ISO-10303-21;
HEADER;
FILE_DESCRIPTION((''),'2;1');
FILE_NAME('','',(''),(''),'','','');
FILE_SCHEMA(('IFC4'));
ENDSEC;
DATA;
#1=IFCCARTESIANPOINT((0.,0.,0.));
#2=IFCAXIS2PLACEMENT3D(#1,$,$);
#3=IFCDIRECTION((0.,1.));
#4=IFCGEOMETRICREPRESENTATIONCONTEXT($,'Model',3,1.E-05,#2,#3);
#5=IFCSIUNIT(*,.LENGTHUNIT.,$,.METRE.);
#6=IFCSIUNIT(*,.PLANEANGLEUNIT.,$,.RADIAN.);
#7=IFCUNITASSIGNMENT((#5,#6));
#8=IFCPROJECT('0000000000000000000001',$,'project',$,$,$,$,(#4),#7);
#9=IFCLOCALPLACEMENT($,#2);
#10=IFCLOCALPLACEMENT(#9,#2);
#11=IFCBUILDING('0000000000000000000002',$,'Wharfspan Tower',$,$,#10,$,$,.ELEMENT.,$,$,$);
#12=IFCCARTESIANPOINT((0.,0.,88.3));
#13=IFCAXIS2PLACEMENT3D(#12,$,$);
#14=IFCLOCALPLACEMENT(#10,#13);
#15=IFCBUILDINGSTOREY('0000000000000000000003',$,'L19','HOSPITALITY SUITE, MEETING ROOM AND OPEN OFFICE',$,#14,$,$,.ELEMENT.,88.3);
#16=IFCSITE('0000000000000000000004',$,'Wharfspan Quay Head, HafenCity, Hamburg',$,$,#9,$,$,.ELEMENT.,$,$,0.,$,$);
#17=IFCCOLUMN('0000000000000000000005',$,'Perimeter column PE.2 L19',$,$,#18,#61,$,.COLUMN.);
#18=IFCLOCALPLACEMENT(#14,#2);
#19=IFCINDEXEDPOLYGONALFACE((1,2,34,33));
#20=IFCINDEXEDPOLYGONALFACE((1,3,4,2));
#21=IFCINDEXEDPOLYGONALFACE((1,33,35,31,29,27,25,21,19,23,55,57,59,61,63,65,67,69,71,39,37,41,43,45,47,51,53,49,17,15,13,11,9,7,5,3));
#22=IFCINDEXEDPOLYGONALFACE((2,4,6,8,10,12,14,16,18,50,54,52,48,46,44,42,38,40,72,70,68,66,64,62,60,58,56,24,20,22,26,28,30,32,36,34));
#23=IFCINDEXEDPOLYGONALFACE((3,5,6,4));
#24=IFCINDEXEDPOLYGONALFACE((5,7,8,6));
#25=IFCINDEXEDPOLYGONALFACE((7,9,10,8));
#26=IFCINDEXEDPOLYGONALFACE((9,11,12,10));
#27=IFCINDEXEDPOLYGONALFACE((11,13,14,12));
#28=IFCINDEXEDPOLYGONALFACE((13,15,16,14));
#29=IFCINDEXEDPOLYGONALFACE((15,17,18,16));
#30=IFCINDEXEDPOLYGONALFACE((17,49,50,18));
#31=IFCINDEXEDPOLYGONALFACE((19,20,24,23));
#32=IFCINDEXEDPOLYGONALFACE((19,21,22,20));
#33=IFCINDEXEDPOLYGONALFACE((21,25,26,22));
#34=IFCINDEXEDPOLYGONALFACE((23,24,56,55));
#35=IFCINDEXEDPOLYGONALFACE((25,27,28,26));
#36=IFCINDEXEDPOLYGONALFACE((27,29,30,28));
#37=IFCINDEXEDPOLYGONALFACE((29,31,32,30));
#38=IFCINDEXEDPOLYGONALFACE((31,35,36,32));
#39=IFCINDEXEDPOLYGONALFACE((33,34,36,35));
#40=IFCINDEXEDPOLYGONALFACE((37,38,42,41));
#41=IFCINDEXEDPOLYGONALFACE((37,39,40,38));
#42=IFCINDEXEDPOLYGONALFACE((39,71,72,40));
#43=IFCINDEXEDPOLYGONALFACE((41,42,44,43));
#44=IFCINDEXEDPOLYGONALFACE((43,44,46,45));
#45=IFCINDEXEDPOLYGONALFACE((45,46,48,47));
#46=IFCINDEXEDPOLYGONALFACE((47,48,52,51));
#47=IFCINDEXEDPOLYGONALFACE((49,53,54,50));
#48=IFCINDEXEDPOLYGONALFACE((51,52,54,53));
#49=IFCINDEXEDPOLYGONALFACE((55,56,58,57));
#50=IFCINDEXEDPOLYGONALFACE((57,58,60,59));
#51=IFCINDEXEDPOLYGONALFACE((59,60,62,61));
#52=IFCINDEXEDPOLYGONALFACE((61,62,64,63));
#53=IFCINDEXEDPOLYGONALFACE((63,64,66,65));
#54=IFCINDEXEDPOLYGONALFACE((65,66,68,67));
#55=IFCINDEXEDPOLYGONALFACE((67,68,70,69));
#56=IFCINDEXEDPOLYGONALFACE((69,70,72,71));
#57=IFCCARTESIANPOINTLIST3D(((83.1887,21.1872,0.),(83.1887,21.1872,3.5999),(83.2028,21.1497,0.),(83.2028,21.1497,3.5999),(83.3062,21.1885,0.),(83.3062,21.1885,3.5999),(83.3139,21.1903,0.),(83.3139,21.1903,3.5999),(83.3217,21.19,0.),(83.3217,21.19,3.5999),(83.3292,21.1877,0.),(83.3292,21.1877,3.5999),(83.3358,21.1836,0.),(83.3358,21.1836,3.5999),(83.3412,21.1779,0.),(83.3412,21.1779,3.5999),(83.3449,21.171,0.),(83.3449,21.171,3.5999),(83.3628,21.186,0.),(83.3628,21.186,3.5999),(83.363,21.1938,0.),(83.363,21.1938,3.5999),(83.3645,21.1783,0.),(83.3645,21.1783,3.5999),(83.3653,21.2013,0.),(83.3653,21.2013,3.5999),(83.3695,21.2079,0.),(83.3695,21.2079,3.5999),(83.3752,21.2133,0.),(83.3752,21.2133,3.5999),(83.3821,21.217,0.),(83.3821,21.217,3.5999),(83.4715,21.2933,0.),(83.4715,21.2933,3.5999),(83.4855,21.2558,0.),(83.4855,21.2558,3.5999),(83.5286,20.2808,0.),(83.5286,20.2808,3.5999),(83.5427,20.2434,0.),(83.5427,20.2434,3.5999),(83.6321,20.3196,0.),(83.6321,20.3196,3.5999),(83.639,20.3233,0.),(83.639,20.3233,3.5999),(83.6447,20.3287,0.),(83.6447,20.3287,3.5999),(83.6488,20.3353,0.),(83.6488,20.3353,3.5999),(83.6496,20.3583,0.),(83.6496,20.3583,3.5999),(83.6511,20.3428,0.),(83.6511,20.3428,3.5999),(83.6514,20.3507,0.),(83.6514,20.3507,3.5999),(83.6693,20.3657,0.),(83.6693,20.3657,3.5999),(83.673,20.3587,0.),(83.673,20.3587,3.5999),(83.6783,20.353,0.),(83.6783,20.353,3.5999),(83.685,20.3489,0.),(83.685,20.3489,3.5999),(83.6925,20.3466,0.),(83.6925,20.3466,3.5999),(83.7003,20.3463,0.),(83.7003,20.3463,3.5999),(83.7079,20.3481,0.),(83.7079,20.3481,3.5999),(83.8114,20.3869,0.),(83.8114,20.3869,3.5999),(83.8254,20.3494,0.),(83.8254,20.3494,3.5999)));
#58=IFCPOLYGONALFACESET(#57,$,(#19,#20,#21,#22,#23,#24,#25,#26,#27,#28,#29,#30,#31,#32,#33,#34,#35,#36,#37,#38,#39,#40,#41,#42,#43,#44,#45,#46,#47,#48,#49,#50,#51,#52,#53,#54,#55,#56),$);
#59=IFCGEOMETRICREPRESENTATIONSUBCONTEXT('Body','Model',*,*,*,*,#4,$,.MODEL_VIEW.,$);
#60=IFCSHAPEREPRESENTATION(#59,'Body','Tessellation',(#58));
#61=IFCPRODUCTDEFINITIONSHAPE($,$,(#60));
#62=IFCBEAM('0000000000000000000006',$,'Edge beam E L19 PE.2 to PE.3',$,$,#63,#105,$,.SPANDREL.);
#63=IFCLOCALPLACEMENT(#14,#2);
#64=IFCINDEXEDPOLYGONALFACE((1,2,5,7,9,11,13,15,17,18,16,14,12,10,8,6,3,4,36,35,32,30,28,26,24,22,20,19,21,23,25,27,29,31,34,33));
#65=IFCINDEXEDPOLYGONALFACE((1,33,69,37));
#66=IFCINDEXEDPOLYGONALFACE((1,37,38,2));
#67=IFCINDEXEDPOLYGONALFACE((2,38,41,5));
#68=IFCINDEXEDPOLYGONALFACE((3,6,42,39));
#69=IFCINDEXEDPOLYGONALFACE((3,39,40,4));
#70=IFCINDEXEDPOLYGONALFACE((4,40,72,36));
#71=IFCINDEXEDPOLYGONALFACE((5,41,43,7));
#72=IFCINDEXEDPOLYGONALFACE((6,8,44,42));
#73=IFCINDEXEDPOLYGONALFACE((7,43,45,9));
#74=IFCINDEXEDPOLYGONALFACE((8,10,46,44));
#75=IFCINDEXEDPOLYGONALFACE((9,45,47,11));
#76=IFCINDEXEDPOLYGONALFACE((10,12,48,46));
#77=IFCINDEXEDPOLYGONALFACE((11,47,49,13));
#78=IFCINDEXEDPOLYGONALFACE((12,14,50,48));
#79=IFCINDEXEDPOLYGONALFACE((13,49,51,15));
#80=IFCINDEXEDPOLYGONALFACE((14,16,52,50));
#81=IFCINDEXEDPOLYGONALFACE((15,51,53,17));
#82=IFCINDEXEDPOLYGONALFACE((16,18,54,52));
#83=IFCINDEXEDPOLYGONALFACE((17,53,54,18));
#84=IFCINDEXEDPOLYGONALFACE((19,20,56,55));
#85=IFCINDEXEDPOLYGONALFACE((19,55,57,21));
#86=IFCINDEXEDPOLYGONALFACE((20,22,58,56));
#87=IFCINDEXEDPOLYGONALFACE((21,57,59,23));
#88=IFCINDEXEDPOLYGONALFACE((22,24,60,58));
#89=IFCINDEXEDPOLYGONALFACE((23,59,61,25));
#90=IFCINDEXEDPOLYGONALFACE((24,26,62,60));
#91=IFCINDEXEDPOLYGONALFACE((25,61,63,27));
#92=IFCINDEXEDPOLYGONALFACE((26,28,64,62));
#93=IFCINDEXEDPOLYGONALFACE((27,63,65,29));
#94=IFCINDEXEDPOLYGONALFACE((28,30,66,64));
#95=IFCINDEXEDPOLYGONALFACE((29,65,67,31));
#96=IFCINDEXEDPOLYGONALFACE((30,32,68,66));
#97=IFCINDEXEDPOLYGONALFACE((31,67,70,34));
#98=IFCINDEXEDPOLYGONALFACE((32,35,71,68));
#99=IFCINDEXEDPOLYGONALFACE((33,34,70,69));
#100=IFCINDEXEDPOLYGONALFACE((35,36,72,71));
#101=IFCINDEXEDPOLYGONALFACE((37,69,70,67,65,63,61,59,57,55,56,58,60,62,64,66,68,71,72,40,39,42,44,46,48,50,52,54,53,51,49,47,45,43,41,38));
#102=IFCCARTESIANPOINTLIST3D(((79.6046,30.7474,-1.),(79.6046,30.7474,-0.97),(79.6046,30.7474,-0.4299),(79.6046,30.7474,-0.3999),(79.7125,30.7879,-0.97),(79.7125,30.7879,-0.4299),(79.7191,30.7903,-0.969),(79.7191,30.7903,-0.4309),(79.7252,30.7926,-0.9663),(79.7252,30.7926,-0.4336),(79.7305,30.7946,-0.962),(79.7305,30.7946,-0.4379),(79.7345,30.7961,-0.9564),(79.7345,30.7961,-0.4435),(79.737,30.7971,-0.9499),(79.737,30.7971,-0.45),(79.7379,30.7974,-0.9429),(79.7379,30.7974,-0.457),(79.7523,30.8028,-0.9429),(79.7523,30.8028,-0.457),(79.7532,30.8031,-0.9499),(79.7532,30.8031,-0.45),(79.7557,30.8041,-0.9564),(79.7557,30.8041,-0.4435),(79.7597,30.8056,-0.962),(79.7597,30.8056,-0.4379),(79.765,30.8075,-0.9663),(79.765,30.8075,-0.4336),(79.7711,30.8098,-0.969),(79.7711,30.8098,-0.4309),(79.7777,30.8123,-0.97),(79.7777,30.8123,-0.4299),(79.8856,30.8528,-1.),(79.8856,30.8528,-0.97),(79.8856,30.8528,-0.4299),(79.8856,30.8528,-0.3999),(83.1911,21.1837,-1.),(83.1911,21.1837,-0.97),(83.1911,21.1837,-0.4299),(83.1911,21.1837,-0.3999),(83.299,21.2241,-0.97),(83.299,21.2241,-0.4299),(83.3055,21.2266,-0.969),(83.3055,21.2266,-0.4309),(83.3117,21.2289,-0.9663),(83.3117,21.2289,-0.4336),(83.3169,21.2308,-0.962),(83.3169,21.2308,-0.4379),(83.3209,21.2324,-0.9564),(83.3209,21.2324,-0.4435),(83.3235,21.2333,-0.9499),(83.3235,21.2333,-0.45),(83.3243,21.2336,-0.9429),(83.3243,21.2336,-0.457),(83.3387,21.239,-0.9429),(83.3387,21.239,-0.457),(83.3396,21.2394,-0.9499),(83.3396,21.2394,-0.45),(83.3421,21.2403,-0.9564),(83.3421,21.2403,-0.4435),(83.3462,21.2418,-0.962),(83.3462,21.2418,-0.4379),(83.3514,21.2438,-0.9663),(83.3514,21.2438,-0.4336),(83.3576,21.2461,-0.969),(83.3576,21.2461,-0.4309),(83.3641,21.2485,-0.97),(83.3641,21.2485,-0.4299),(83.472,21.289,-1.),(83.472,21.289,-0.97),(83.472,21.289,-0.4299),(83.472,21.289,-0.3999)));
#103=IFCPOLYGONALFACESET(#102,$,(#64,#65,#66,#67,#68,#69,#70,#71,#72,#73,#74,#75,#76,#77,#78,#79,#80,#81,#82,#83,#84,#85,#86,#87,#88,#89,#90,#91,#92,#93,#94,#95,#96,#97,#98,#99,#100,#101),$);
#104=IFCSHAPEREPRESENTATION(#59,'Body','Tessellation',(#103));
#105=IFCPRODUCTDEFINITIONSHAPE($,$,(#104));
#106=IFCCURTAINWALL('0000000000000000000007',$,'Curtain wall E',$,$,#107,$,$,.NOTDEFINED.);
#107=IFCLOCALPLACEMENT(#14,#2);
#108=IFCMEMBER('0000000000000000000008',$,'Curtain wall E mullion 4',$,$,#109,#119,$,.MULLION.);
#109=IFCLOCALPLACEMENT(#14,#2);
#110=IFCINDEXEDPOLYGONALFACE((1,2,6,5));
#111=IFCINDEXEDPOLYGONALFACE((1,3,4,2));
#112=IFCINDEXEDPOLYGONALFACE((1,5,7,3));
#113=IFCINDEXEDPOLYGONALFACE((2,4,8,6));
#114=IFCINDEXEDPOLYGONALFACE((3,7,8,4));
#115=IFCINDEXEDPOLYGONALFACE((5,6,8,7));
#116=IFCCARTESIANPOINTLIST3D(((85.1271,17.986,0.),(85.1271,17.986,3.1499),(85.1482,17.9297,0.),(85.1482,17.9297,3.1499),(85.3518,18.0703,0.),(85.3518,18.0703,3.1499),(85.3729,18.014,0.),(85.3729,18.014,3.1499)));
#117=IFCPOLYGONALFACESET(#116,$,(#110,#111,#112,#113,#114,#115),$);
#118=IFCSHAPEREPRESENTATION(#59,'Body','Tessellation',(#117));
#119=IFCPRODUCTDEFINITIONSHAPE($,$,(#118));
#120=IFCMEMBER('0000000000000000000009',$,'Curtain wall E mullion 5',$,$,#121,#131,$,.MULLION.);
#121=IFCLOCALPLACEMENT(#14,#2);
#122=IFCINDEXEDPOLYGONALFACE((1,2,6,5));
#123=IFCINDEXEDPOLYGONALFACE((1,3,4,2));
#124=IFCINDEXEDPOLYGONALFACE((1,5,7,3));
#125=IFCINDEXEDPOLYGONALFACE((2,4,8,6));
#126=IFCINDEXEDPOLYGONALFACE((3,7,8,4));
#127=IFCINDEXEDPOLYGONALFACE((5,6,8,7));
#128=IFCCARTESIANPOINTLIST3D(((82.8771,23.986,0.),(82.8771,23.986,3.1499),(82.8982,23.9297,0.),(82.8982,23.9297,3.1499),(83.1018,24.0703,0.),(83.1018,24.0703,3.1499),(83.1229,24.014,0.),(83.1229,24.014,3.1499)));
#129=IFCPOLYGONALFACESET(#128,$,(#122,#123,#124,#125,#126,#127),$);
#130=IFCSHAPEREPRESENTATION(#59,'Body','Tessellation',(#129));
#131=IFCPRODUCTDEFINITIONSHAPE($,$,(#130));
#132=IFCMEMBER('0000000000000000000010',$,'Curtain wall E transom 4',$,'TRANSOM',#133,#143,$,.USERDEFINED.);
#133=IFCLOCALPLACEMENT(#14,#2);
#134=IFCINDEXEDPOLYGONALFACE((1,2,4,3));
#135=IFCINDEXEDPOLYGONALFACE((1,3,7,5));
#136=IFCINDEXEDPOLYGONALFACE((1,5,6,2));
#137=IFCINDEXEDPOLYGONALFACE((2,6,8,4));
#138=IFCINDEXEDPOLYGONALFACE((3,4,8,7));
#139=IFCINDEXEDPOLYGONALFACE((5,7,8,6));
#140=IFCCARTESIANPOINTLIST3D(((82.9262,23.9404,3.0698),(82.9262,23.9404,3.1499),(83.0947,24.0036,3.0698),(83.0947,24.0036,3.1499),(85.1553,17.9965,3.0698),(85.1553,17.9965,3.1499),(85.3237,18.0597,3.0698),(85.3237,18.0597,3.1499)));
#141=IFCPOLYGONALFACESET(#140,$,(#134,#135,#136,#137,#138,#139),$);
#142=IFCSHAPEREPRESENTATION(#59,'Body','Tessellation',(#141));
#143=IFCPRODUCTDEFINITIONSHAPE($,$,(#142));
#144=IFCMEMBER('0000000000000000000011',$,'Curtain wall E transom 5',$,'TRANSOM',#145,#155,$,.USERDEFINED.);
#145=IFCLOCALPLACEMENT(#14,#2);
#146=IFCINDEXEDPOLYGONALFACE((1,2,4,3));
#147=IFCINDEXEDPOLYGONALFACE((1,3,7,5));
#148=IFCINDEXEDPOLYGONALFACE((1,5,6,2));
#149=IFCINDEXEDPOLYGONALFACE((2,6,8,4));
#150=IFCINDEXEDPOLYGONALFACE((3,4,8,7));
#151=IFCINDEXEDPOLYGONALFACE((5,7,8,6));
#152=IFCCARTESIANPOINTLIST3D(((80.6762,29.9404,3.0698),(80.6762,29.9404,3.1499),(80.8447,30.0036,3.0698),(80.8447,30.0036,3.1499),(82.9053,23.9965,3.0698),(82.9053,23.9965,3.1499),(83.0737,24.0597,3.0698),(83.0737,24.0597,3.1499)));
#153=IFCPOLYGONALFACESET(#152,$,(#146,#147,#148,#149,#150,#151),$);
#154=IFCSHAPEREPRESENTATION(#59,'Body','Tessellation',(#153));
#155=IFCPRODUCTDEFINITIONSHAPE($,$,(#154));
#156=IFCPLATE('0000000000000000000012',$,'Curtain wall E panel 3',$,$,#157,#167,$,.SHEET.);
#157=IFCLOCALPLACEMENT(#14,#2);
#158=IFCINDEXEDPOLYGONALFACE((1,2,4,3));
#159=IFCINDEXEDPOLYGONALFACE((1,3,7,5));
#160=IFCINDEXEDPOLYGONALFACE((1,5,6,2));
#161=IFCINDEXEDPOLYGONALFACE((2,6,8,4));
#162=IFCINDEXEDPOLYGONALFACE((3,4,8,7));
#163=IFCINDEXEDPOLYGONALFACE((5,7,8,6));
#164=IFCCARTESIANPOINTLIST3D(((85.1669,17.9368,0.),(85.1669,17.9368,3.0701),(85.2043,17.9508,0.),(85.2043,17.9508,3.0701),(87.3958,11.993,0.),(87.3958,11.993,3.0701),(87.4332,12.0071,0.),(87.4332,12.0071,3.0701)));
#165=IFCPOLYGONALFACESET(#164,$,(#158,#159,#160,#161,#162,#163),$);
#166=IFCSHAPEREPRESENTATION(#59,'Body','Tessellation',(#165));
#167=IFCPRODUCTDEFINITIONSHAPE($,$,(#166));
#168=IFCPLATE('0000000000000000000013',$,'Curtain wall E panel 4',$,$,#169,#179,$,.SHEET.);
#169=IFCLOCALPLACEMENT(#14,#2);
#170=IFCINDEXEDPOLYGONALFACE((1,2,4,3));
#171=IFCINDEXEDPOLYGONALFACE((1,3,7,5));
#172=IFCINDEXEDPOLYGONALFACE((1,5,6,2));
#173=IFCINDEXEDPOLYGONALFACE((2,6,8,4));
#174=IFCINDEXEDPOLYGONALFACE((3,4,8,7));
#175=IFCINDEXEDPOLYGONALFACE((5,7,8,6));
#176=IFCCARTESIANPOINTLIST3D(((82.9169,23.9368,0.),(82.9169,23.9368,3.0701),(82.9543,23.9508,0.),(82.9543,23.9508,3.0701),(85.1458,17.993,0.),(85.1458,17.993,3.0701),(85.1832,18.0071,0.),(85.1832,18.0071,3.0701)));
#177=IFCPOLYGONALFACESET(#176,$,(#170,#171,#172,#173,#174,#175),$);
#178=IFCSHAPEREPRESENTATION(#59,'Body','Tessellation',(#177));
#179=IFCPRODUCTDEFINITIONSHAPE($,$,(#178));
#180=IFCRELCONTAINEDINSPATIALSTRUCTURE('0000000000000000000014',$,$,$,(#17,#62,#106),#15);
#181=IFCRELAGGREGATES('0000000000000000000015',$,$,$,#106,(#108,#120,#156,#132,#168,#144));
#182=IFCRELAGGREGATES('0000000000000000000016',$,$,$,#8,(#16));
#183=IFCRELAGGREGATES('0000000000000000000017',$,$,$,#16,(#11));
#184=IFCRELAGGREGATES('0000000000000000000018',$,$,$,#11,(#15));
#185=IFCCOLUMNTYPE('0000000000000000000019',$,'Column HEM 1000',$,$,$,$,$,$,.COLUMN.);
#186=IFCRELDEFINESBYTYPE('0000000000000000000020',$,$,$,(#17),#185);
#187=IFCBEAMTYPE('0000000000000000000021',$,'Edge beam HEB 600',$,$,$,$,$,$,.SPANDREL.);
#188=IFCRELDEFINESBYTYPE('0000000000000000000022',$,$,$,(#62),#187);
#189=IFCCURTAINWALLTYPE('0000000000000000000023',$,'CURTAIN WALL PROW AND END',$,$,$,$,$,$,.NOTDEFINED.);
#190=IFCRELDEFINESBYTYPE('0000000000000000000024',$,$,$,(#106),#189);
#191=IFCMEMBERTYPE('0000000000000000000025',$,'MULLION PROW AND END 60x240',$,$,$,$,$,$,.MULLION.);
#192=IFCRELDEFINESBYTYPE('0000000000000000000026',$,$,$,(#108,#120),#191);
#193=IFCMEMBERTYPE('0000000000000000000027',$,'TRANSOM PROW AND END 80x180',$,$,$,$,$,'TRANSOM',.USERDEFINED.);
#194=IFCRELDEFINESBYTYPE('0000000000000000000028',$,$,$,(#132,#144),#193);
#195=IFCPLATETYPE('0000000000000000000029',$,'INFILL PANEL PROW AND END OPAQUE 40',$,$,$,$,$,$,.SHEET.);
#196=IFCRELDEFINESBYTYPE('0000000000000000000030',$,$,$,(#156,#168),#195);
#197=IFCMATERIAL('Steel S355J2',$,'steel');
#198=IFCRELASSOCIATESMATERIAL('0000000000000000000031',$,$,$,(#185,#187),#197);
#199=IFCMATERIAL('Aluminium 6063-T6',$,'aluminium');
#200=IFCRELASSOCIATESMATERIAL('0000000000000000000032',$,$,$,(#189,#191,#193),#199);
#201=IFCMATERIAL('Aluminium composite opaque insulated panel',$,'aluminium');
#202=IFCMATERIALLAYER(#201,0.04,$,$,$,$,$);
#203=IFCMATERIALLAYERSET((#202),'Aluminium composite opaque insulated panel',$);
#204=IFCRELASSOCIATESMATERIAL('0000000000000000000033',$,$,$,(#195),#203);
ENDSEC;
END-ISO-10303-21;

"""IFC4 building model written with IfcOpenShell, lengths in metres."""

from ifc_helpers import new_model, si_unit, direction, frame, origin, origin_2d, place, context, subcontext, project, spatial, rectangle, i_section, extrude, material, layer, layer_set, material_profile, profile_set, type_object, element, aggregate, save


model = new_model("IFC4")

# Units and contexts
model_context = context("Model", 3, precision=1e-05, world=origin(), true_north=direction((0.0, 1.0)))
body_context = subcontext(model_context, "Body", "Model", "MODEL_VIEW")
ifc_project = project(units=[si_unit("LENGTHUNIT", "METRE"), si_unit("PLANEANGLEUNIT", "RADIAN")], contexts=[model_context])

# Site, building, storey
site_placement = place(None, origin())
site = spatial("IfcSite", under=ifc_project, at=site_placement, Name="Wharfspan Quay Head, HafenCity, Hamburg", CompositionType="ELEMENT", RefElevation=0.0)
building_placement = place(site_placement, origin())
building = spatial("IfcBuilding", under=site, at=building_placement, Name="Wharfspan Tower", CompositionType="ELEMENT")
storey_placement = place(building_placement, frame((0.0, 0.0, 88.3)))
storey = spatial("IfcBuildingStorey", under=building, at=storey_placement, Name="L19", Description="HOSPITALITY SUITE, MEETING ROOM AND OPEN OFFICE", CompositionType="ELEMENT", Elevation=88.3)

# Column
ifc_material_1 = material(Name="Steel S355J2", Category="steel")
ifc_material_profile_1 = material_profile(ifc_material_1, i_section(OverallWidth=0.302, OverallDepth=1.0081, WebThickness=0.021, FlangeThickness=0.04, FilletRadius=0.03, at=origin_2d()))
ifc_profile_set_1 = profile_set([ifc_material_profile_1], Name="Steel S355J2")
column_type = type_object("IfcColumnType", Name="Column HEM 1000", PredefinedType="COLUMN", material=ifc_profile_set_1)
column_placement = place(storey_placement, frame((83.5071, 20.7683, 0.0), z_axis=(0.0, 0.0, 1.0), x_axis=(0.936328, 0.351123, 0.0)))
element("IfcColumn", 1, at=column_placement, inside=storey, type_object=column_type, Name="Perimeter column PE.2 L19", PredefinedType="COLUMN", context=body_context, shape_type="SweptSolid", body=[
    extrude(i_section(OverallWidth=0.302, OverallDepth=1.0081, WebThickness=0.021, FlangeThickness=0.04, FilletRadius=0.03, at=origin_2d()), origin(), (0.0, 0.0, 1.0), 3.5999),
])

# Beam
ifc_material_profile_2 = material_profile(ifc_material_1, i_section(OverallWidth=0.3, OverallDepth=0.6001, WebThickness=0.0154, FlangeThickness=0.03, FilletRadius=0.0271, at=origin_2d()))
ifc_profile_set_2 = profile_set([ifc_material_profile_2], Name="Steel S355J2")
beam_type = type_object("IfcBeamType", Name="Edge beam HEB 600", PredefinedType="SPANDREL", material=ifc_profile_set_2)
beam_placement = place(storey_placement, frame((83.3315, 21.2363, -0.7), z_axis=(-0.351126, 0.936328, 0.0), x_axis=(-0.936328, -0.351126, 0.0)))
element("IfcBeam", 2, at=beam_placement, inside=storey, type_object=beam_type, Name="Edge beam E L19 PE.2 to PE.3", PredefinedType="SPANDREL", context=body_context, shape_type="SweptSolid", body=[
    extrude(i_section(OverallWidth=0.3, OverallDepth=0.6001, WebThickness=0.0154, FlangeThickness=0.03, FilletRadius=0.0271, at=origin_2d()), origin(), (0.0, 0.0, 1.0), 10.2141),
])

# Curtain wall, members, plates
ifc_material_2 = material(Name="Aluminium 6063-T6", Category="aluminium")
curtain_wall_type = type_object("IfcCurtainWallType", Name="CURTAIN WALL PROW AND END", PredefinedType="NOTDEFINED", material=ifc_material_2)
curtain_wall_placement = place(storey_placement, origin())
curtain_wall = element("IfcCurtainWall", 3, at=curtain_wall_placement, inside=storey, type_object=curtain_wall_type, Name="Curtain wall E", PredefinedType="NOTDEFINED")
ifc_material_profile_3 = material_profile(ifc_material_2, rectangle(XDim=0.24, YDim=0.0601, at=origin_2d()))
ifc_profile_set_3 = profile_set([ifc_material_profile_3], Name="Aluminium 6063-T6")
member_type_1 = type_object("IfcMemberType", Name="MULLION PROW AND END 60x240", PredefinedType="MULLION", material=ifc_profile_set_3)
member_1_placement = place(storey_placement, frame((85.25, 18.0, 0.0), z_axis=(0.0, 0.0, 1.0), x_axis=(-0.936328, -0.351123, 0.0)))
member_1 = element("IfcMember", 4, at=member_1_placement, type_object=member_type_1, Name="Curtain wall E mullion 4", PredefinedType="MULLION", context=body_context, shape_type="SweptSolid", body=[
    extrude(rectangle(XDim=0.24, YDim=0.0601, at=origin_2d()), origin(), (0.0, 0.0, 1.0), 3.1499),
])
member_2_placement = place(storey_placement, frame((83.0, 24.0, 0.0), z_axis=(0.0, 0.0, 1.0), x_axis=(-0.936328, -0.351123, 0.0)))
member_2 = element("IfcMember", 5, at=member_2_placement, type_object=member_type_1, Name="Curtain wall E mullion 5", PredefinedType="MULLION", context=body_context, shape_type="SweptSolid", body=[
    extrude(rectangle(XDim=0.24, YDim=0.0601, at=origin_2d()), origin(), (0.0, 0.0, 1.0), 3.1499),
])
ifc_material_profile_4 = material_profile(ifc_material_2, rectangle(XDim=0.1799, YDim=0.0801, at=origin_2d()))
ifc_profile_set_4 = profile_set([ifc_material_profile_4], Name="Aluminium 6063-T6")
member_type_2 = type_object("IfcMemberType", Name="TRANSOM PROW AND END 80x180", ElementType="TRANSOM", PredefinedType="USERDEFINED", material=ifc_profile_set_4)
member_3_placement = place(storey_placement, frame((85.2395, 18.0281, 3.1099), z_axis=(-0.351132, 0.936326, 0.0), x_axis=(-0.936326, -0.351132, 0.0)))
member_3 = element("IfcMember", 6, at=member_3_placement, type_object=member_type_2, Name="Curtain wall E transom 4", ObjectType="TRANSOM", PredefinedType="USERDEFINED", context=body_context, shape_type="SweptSolid", body=[
    extrude(rectangle(XDim=0.1799, YDim=0.0801, at=origin_2d()), origin(), (0.0, 0.0, 1.0), 6.3481),
])
member_4_placement = place(storey_placement, frame((82.9895, 24.0281, 3.1099), z_axis=(-0.351132, 0.936326, 0.0), x_axis=(-0.936326, -0.351132, 0.0)))
member_4 = element("IfcMember", 7, at=member_4_placement, type_object=member_type_2, Name="Curtain wall E transom 5", ObjectType="TRANSOM", PredefinedType="USERDEFINED", context=body_context, shape_type="SweptSolid", body=[
    extrude(rectangle(XDim=0.1799, YDim=0.0801, at=origin_2d()), origin(), (0.0, 0.0, 1.0), 6.3481),
])
ifc_material_3 = material(Name="Aluminium composite opaque insulated panel", Category="aluminium")
ifc_layer_1 = layer(ifc_material_3, 0.04)
ifc_layer_set_1 = layer_set([ifc_layer_1], Name="Aluminium composite opaque insulated panel")
plate_type = type_object("IfcPlateType", Name="INFILL PANEL PROW AND END OPAQUE 40", PredefinedType="SHEET", material=ifc_layer_set_1)
plate_1_placement = place(storey_placement, frame((86.3, 14.9719, 0.0), z_axis=(0.0, 0.0, 1.0), x_axis=(-0.351123, 0.936328, 0.0)))
plate_1 = element("IfcPlate", 8, at=plate_1_placement, type_object=plate_type, Name="Curtain wall E panel 3", PredefinedType="SHEET", context=body_context, shape_type="SweptSolid", body=[
    extrude(rectangle(XDim=6.3479, YDim=0.04, at=origin_2d()), origin(), (0.0, 0.0, 1.0), 3.0701),
])
plate_2_placement = place(storey_placement, frame((84.05, 20.9719, 0.0), z_axis=(0.0, 0.0, 1.0), x_axis=(-0.351123, 0.936328, 0.0)))
plate_2 = element("IfcPlate", 9, at=plate_2_placement, type_object=plate_type, Name="Curtain wall E panel 4", PredefinedType="SHEET", context=body_context, shape_type="SweptSolid", body=[
    extrude(rectangle(XDim=6.3479, YDim=0.04, at=origin_2d()), origin(), (0.0, 0.0, 1.0), 3.0701),
])
aggregate(curtain_wall, [member_1, member_2, plate_1, member_3, plate_2, member_4])

save(model, "model.ifc")
